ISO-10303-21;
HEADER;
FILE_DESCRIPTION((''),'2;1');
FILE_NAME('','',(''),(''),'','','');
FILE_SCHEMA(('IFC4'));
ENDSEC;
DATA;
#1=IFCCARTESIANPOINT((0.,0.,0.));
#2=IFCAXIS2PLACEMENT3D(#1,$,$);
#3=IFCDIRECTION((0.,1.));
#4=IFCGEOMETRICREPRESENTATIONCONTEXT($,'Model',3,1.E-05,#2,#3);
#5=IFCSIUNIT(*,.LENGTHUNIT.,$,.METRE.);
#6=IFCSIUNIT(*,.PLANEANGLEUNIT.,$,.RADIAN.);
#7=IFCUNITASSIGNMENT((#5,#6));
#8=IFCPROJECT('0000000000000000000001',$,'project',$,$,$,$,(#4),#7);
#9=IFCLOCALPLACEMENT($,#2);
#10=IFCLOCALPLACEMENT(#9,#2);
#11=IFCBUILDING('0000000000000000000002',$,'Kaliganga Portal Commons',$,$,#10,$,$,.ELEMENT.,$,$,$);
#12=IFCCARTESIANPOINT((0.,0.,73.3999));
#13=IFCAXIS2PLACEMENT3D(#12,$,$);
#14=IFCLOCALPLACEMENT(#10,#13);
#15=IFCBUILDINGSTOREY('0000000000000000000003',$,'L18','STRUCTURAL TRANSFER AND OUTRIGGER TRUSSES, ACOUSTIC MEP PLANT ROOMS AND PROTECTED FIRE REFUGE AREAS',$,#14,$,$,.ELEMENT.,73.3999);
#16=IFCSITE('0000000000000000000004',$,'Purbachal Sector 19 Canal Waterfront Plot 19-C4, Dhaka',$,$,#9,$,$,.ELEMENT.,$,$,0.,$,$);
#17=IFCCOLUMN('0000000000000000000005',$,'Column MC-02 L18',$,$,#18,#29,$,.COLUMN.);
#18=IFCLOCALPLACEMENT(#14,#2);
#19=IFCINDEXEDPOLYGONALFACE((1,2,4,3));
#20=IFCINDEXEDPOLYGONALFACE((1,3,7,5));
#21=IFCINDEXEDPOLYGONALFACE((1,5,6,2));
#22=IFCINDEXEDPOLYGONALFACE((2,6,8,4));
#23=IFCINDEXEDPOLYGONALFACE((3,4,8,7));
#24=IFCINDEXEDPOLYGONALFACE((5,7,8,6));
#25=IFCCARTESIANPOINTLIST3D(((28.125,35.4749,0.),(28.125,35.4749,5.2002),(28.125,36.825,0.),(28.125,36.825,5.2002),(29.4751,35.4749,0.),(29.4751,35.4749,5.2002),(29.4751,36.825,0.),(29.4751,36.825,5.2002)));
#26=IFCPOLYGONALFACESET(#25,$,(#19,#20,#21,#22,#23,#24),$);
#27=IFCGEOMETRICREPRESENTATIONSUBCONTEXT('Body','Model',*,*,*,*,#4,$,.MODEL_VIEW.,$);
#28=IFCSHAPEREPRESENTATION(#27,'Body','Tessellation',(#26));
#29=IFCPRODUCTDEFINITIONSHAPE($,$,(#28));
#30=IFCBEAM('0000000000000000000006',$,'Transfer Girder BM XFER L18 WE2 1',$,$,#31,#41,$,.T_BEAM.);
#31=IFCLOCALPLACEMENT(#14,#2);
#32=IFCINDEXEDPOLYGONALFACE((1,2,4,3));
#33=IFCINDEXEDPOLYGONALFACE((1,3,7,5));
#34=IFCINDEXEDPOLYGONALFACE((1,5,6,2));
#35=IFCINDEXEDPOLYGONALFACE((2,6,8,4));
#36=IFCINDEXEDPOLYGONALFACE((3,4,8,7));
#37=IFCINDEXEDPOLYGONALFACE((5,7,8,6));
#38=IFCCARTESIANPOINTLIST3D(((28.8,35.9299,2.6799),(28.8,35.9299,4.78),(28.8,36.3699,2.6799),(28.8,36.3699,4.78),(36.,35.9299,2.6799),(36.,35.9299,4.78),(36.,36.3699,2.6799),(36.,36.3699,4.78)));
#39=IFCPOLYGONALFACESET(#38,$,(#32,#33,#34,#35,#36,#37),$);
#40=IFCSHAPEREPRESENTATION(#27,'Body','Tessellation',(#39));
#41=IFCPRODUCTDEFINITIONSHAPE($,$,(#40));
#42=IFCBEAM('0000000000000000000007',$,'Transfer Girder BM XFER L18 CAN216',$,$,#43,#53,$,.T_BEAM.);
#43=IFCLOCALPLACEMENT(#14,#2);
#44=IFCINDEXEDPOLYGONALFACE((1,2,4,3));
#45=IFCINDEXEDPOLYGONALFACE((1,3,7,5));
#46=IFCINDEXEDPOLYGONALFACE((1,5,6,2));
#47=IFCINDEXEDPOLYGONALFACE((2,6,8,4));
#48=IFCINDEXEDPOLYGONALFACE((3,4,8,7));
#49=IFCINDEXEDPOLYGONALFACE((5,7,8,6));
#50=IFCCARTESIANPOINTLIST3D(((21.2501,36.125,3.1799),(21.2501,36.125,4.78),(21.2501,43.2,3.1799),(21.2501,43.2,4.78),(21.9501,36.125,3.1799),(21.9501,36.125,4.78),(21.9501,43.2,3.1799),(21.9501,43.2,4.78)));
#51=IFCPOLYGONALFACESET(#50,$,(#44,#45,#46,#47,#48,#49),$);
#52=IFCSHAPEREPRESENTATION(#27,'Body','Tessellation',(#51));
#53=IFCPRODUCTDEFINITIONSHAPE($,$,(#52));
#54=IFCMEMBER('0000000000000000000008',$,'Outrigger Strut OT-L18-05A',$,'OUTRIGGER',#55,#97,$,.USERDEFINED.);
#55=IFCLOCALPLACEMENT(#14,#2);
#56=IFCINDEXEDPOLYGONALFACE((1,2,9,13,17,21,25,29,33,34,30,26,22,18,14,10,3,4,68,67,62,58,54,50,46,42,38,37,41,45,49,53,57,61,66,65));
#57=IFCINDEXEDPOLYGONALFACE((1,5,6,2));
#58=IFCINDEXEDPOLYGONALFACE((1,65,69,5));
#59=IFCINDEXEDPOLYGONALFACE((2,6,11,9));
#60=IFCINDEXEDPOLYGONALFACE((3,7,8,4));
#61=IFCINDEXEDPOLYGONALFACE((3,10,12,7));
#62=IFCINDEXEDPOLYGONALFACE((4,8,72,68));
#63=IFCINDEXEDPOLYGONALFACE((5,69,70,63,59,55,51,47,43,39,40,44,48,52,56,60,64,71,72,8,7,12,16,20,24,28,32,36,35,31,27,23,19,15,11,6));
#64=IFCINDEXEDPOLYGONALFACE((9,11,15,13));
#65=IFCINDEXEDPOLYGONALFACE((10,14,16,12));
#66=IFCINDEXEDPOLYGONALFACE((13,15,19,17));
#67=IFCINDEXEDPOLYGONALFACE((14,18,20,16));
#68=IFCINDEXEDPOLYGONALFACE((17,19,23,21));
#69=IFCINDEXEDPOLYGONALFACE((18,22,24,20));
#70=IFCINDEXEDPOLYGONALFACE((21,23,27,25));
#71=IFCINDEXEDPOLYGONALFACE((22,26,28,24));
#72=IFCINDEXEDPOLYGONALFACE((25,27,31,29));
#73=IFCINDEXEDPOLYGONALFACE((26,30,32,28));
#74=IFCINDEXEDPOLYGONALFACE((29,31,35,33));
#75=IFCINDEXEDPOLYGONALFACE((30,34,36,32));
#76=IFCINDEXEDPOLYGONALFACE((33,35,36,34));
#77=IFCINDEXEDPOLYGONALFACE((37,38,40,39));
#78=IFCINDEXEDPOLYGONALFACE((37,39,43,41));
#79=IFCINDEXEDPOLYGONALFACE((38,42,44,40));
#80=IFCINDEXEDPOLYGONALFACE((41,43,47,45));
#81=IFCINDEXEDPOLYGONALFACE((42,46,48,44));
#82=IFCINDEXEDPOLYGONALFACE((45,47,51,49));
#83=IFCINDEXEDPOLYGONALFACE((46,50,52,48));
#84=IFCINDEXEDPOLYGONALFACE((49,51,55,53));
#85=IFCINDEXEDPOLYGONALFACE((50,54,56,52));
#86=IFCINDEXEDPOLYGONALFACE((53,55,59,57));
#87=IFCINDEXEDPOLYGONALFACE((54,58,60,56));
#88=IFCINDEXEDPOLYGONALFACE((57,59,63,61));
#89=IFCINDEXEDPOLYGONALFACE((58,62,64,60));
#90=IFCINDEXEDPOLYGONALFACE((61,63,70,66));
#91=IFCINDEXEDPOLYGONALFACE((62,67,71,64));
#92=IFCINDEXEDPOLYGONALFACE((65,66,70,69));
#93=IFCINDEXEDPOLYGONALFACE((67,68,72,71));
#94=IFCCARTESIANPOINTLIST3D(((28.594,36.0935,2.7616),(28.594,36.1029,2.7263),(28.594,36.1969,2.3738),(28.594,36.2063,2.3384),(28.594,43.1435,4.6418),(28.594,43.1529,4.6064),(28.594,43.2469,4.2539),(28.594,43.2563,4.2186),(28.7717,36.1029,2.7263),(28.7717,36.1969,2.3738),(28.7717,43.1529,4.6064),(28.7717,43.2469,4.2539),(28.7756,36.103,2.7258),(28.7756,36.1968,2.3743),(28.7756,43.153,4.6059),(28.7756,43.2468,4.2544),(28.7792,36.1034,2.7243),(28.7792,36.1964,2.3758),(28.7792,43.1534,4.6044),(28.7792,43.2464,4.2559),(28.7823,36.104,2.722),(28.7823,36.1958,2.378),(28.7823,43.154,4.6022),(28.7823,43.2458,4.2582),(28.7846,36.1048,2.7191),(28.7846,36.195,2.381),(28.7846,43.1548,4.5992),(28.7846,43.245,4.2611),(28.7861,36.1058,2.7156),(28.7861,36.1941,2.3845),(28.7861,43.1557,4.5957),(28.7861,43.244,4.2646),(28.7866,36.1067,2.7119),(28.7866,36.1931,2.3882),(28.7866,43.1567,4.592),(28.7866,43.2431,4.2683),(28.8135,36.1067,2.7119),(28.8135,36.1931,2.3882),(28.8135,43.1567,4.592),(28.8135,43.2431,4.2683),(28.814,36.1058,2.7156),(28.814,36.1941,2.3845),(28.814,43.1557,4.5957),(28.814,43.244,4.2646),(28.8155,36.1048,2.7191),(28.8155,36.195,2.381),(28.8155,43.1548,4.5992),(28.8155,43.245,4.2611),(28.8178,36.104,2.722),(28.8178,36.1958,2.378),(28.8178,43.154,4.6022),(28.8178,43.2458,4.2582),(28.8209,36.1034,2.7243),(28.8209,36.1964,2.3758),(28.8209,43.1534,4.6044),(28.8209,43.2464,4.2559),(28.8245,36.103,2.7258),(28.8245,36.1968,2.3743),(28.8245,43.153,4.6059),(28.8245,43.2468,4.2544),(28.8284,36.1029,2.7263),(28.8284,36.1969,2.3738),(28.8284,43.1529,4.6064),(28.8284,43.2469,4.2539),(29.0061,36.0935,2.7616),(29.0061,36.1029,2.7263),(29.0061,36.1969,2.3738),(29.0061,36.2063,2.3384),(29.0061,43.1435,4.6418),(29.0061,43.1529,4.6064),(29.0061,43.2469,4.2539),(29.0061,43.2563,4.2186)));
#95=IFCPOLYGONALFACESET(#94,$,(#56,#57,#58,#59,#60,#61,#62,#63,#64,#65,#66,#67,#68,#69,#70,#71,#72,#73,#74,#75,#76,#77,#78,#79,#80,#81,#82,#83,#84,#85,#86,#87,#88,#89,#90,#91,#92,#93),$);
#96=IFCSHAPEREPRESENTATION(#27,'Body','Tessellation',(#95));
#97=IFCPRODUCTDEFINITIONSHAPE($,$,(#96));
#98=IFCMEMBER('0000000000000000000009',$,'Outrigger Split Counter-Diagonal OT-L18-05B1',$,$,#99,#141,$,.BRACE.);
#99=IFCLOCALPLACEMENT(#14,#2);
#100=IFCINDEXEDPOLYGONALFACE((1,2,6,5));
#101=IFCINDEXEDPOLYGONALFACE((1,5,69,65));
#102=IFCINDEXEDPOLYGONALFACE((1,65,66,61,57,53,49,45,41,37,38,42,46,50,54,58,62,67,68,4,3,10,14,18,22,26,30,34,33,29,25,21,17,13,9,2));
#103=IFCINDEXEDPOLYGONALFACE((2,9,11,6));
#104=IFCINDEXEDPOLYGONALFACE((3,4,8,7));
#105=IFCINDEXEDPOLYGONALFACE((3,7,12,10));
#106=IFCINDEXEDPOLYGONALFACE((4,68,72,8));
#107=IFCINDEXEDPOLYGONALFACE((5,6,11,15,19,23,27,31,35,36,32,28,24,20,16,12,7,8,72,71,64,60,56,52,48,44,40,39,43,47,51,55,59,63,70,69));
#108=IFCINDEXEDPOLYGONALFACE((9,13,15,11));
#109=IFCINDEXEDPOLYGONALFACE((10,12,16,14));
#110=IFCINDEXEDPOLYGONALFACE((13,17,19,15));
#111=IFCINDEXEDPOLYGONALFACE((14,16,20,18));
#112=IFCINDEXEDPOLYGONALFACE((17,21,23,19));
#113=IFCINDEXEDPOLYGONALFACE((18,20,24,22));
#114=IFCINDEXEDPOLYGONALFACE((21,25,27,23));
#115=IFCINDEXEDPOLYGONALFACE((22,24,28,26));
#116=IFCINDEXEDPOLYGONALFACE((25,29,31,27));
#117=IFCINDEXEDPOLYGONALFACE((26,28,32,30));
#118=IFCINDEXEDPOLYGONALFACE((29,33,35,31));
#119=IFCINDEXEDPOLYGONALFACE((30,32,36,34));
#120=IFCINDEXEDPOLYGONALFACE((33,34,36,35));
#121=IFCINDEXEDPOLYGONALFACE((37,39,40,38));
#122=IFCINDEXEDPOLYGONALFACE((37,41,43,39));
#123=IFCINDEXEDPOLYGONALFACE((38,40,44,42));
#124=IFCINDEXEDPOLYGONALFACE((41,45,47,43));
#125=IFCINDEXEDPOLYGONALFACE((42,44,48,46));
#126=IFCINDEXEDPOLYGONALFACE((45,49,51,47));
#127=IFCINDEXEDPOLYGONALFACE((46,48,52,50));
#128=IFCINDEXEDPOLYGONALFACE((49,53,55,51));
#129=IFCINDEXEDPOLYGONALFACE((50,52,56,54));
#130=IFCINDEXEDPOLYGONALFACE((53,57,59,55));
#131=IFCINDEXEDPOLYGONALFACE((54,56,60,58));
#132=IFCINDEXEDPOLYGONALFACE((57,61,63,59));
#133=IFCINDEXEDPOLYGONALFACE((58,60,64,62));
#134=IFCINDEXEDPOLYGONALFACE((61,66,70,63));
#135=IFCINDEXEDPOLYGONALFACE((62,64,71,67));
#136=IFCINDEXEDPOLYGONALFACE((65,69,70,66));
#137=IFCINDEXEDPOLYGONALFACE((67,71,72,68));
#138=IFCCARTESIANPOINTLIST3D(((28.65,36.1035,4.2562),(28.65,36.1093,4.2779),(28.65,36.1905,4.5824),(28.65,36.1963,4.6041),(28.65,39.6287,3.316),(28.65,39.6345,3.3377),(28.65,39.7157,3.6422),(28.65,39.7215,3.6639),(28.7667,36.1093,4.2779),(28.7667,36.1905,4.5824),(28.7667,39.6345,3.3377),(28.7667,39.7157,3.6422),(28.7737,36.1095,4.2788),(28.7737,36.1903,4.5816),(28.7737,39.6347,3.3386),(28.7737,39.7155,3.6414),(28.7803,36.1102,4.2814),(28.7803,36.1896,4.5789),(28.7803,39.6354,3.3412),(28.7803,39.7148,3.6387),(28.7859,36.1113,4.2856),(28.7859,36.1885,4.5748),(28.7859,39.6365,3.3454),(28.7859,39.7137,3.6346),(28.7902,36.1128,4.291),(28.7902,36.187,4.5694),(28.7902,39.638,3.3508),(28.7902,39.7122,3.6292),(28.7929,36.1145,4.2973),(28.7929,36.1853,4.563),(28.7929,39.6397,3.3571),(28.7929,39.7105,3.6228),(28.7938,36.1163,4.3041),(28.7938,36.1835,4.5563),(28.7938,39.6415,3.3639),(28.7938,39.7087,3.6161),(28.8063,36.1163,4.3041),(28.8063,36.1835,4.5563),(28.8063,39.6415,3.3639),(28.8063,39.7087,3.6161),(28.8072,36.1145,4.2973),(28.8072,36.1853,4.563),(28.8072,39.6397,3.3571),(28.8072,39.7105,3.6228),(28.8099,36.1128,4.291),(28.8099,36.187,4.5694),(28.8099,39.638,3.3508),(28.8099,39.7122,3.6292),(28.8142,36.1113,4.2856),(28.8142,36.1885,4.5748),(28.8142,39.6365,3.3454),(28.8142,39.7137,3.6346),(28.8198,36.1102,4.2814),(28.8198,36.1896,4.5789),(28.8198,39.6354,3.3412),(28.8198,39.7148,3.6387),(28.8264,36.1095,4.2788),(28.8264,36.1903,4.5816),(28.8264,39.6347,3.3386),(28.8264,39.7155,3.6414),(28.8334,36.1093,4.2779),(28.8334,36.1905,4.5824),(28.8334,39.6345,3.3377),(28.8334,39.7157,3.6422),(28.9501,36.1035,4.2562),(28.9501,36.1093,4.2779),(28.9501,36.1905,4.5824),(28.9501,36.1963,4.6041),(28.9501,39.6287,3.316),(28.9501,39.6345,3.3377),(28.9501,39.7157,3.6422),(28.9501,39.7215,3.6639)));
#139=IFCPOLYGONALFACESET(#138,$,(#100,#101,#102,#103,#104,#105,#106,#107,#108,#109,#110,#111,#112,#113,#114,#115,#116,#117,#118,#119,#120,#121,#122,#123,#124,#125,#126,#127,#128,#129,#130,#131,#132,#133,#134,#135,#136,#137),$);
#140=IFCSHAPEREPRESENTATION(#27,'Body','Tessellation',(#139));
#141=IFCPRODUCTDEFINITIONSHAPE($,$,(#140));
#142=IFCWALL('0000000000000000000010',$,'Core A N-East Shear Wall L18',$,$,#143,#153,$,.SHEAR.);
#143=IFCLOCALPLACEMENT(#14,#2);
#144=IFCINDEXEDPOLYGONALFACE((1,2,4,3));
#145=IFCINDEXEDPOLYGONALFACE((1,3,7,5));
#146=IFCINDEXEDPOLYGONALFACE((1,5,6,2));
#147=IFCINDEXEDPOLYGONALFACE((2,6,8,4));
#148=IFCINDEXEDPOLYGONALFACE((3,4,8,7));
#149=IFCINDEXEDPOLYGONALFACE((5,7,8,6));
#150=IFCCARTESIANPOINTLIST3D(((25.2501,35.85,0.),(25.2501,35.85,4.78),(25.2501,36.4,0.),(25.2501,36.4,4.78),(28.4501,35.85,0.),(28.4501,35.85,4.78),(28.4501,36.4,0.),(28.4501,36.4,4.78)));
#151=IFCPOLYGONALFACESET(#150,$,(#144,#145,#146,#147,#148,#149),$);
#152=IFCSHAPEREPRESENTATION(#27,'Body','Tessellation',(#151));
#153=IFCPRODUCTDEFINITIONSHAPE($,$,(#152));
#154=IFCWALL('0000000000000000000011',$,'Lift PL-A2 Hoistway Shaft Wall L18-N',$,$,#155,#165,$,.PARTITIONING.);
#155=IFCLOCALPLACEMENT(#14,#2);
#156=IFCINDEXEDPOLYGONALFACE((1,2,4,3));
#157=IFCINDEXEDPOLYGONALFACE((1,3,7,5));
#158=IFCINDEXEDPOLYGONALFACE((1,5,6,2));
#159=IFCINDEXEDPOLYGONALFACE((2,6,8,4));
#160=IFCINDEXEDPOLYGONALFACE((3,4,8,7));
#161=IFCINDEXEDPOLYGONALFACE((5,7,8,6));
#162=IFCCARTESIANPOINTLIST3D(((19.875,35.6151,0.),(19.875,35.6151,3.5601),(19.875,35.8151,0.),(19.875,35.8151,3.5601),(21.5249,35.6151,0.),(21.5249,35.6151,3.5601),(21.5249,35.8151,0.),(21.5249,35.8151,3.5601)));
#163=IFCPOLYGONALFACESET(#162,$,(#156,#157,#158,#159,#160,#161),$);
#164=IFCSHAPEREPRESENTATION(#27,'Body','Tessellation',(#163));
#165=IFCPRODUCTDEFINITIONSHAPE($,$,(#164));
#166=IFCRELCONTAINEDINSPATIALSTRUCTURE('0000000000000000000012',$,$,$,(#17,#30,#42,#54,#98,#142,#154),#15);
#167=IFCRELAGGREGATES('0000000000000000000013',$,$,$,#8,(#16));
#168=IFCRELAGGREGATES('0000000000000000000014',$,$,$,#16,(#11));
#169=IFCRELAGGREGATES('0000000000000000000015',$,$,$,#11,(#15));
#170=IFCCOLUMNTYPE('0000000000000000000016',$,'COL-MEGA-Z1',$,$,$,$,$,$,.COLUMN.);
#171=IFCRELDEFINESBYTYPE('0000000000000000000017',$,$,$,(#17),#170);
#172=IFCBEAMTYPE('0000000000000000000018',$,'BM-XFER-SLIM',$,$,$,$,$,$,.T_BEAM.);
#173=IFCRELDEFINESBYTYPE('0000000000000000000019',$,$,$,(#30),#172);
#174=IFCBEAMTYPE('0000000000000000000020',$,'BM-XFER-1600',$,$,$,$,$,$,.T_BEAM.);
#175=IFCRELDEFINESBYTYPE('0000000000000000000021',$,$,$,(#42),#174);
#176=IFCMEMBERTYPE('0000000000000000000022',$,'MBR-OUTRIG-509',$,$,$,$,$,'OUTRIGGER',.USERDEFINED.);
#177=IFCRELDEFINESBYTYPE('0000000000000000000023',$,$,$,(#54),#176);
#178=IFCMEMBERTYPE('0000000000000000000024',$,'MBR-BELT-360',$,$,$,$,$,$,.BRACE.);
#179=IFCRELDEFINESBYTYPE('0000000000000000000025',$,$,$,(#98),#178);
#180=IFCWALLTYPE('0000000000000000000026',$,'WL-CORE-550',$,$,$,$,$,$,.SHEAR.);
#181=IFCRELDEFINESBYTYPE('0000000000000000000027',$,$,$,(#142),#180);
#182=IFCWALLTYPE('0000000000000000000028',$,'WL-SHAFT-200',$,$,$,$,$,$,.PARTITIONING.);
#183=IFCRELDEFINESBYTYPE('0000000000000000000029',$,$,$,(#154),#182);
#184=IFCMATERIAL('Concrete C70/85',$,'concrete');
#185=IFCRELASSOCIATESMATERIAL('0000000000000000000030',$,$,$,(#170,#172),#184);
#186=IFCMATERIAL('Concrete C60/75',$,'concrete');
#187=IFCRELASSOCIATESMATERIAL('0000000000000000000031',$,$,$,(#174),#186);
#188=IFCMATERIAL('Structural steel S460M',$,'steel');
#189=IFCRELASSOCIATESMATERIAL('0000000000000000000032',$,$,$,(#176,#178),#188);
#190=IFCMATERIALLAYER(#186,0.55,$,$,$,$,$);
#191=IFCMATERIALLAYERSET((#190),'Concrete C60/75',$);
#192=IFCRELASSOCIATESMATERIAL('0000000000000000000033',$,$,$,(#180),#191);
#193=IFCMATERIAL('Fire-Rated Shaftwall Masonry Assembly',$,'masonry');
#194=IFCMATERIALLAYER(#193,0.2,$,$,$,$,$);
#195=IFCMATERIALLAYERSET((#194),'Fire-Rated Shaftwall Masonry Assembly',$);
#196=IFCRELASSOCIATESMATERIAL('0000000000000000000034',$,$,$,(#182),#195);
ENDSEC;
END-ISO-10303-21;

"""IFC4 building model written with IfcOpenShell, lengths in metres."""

from ifc_helpers import new_model, si_unit, direction, frame, frame_2d, origin, origin_2d, place, context, subcontext, project, spatial, rectangle, i_section, extrude, source, transform, mapped, material, layer, layer_set, material_profile, profile_set, type_object, element, save


model = new_model("IFC4")

# Units and contexts
model_context = context("Model", 3, precision=1e-05, world=origin(), true_north=direction((0.0, 1.0)))
body_context = subcontext(model_context, "Body", "Model", "MODEL_VIEW")
ifc_project = project(units=[si_unit("LENGTHUNIT", "METRE"), si_unit("PLANEANGLEUNIT", "RADIAN")], contexts=[model_context])

# Site, building, storey
site_placement = place(None, origin())
site = spatial("IfcSite", under=ifc_project, at=site_placement, Name="Purbachal Sector 19 Canal Waterfront Plot 19-C4, Dhaka", CompositionType="ELEMENT", RefElevation=0.0)
building_placement = place(site_placement, origin())
building = spatial("IfcBuilding", under=site, at=building_placement, Name="Kaliganga Portal Commons", CompositionType="ELEMENT")
storey_placement = place(building_placement, frame((0.0, 0.0, 73.3999)))
storey = spatial("IfcBuildingStorey", under=building, at=storey_placement, Name="L18", Description="STRUCTURAL TRANSFER AND OUTRIGGER TRUSSES, ACOUSTIC MEP PLANT ROOMS AND PROTECTED FIRE REFUGE AREAS", CompositionType="ELEMENT", Elevation=73.3999)

# Column
ifc_material_1 = material(Name="Concrete C70/85", Category="concrete")
ifc_material_profile_1 = material_profile(ifc_material_1, rectangle(XDim=1.3501, YDim=1.3501, at=origin_2d()), Name="RC 1350x1350")
ifc_profile_set_1 = profile_set([ifc_material_profile_1], Name="Concrete C70/85")
column_type = type_object("IfcColumnType", Name="COL-MEGA-Z1", PredefinedType="COLUMN", material=ifc_profile_set_1)
shared_shape_1 = source(origin(), body_context, "Body", "SweptSolid", [
    extrude(rectangle(XDim=1.3501, YDim=1.3501, at=origin_2d()), origin(), (0.0, 0.0, 1.0), 5.2002),
])
column_placement = place(storey_placement, frame((28.8, 36.1499, 0.0), z_axis=(0.0, 0.0, 1.0), x_axis=(1.0, 0.0, 0.0)))
element("IfcColumn", 1, at=column_placement, inside=storey, type_object=column_type, Name="Column MC-02 L18", PredefinedType="COLUMN", context=body_context, shape_type="MappedRepresentation", body=[
    mapped(shared_shape_1, transform((0.0, 0.0, 0.0), x_axis=(1.0, 0.0, 0.0), y_axis=(0.0, 1.0, 0.0), z_axis=(0.0, 0.0, 1.0), scale=1.0)),
])

# Beams
ifc_material_profile_2 = material_profile(ifc_material_1, rectangle(XDim=0.4399, YDim=2.1001, at=origin_2d()), Name="RC 440x2100")
ifc_profile_set_2 = profile_set([ifc_material_profile_2], Name="Concrete C70/85")
beam_type_1 = type_object("IfcBeamType", Name="BM-XFER-SLIM", PredefinedType="T_BEAM", material=ifc_profile_set_2)
shared_shape_2 = source(origin(), body_context, "Body", "SweptSolid", [
    extrude(rectangle(XDim=0.4399, YDim=2.1001, at=origin_2d()), origin(), (0.0, 0.0, 1.0), 7.2),
])
beam_1_placement = place(storey_placement, frame((28.8, 36.1499, 3.73), z_axis=(1.0, 0.0, 0.0), x_axis=(0.0, 1.0, 0.0)))
element("IfcBeam", 2, at=beam_1_placement, inside=storey, type_object=beam_type_1, Name="Transfer Girder BM XFER L18 WE2 1", PredefinedType="T_BEAM", context=body_context, shape_type="MappedRepresentation", body=[
    mapped(shared_shape_2, transform((0.0, 0.0, 0.0), x_axis=(1.0, 0.0, 0.0), y_axis=(0.0, 1.0, 0.0), z_axis=(0.0, 0.0, 1.0), scale=1.0)),
])
ifc_material_2 = material(Name="Concrete C60/75", Category="concrete")
ifc_material_profile_3 = material_profile(ifc_material_2, rectangle(XDim=0.7, YDim=1.6001, at=origin_2d()), Name="RC 700x1600")
ifc_profile_set_3 = profile_set([ifc_material_profile_3], Name="Concrete C60/75")
beam_type_2 = type_object("IfcBeamType", Name="BM-XFER-1600", PredefinedType="T_BEAM", material=ifc_profile_set_3)
shared_shape_3 = source(origin(), body_context, "Body", "SweptSolid", [
    extrude(rectangle(XDim=0.7, YDim=1.6001, at=origin_2d()), origin(), (0.0, 0.0, 1.0), 7.075),
])
beam_2_placement = place(storey_placement, frame((21.6001, 36.125, 3.98), z_axis=(0.0, 1.0, 0.0), x_axis=(-1.0, 0.0, 0.0)))
element("IfcBeam", 3, at=beam_2_placement, inside=storey, type_object=beam_type_2, Name="Transfer Girder BM XFER L18 CAN216", PredefinedType="T_BEAM", context=body_context, shape_type="MappedRepresentation", body=[
    mapped(shared_shape_3, transform((0.0, 0.0, 0.0), x_axis=(1.0, 0.0, 0.0), y_axis=(0.0, 1.0, 0.0), z_axis=(0.0, 0.0, 1.0), scale=1.0)),
])

# Members
ifc_material_3 = material(Name="Structural steel S460M", Category="steel")
ifc_material_profile_4 = material_profile(ifc_material_3, i_section(OverallWidth=0.4121, OverallDepth=0.438, WebThickness=0.0269, FlangeThickness=0.0366, FilletRadius=0.0149, at=origin_2d()), Name="HD 400x463")
ifc_profile_set_4 = profile_set([ifc_material_profile_4], Name="Structural steel S460M wide-flange")
member_type_1 = type_object("IfcMemberType", Name="MBR-OUTRIG-509", ElementType="OUTRIGGER", PredefinedType="USERDEFINED", material=ifc_profile_set_4)
shared_shape_4 = source(origin(), body_context, "Body", "SweptSolid", [
    extrude(i_section(OverallWidth=0.4121, OverallDepth=0.438, WebThickness=0.0269, FlangeThickness=0.0366, FilletRadius=0.0149, at=origin_2d()), origin(), (0.0, 0.0, 1.0), 7.2964),
])
member_1_placement = place(storey_placement, frame((28.8, 36.1499, 2.55), z_axis=(0.0, 0.966231, 0.257677), x_axis=(-1.0, 0.0, 0.0)))
element("IfcMember", 4, at=member_1_placement, inside=storey, type_object=member_type_1, Name="Outrigger Strut OT-L18-05A", ObjectType="OUTRIGGER", PredefinedType="USERDEFINED", context=body_context, shape_type="MappedRepresentation", body=[
    mapped(shared_shape_4, transform((0.0, 0.0, 0.0), x_axis=(1.0, 0.0, 0.0), y_axis=(0.0, 1.0, 0.0), z_axis=(0.0, 0.0, 1.0), scale=1.0)),
])
ifc_material_profile_5 = material_profile(ifc_material_3, i_section(OverallWidth=0.3, OverallDepth=0.3601, WebThickness=0.0125, FlangeThickness=0.0225, FilletRadius=0.0271, at=origin_2d()), Name="HE 360 B")
ifc_profile_set_5 = profile_set([ifc_material_profile_5], Name="Structural steel S460M wide-flange")
member_type_2 = type_object("IfcMemberType", Name="MBR-BELT-360", PredefinedType="BRACE", material=ifc_profile_set_5)
shared_shape_5 = source(origin(), body_context, "Body", "SweptSolid", [
    extrude(i_section(OverallWidth=0.3, OverallDepth=0.3601, WebThickness=0.0125, FlangeThickness=0.0225, FilletRadius=0.0271, at=origin_2d()), origin(), (0.0, 0.0, 1.0), 3.6484),
])
member_2_placement = place(storey_placement, frame((28.8, 36.1499, 4.4302), z_axis=(0.0, 0.966225, -0.2577), x_axis=(-1.0, 0.0, 0.0)))
element("IfcMember", 5, at=member_2_placement, inside=storey, type_object=member_type_2, Name="Outrigger Split Counter-Diagonal OT-L18-05B1", PredefinedType="BRACE", context=body_context, shape_type="MappedRepresentation", body=[
    mapped(shared_shape_5, transform((0.0, 0.0, 0.0), x_axis=(1.0, 0.0, 0.0), y_axis=(0.0, 1.0, 0.0), z_axis=(0.0, 0.0, 1.0), scale=1.0)),
])

# Walls
ifc_layer_1 = layer(ifc_material_2, 0.55)
ifc_layer_set_1 = layer_set([ifc_layer_1], Name="Concrete C60/75")
wall_type_1 = type_object("IfcWallType", Name="WL-CORE-550", PredefinedType="SHEAR", material=ifc_layer_set_1)
wall_1_placement = place(storey_placement, frame((25.25, 36.125, 0.0), z_axis=(0.0, 0.0, 1.0), x_axis=(1.0, 0.0, 0.0)))
element("IfcWall", 6, at=wall_1_placement, inside=storey, type_object=wall_type_1, Name="Core A N-East Shear Wall L18", PredefinedType="SHEAR", context=body_context, shape_type="SweptSolid", body=[
    extrude(rectangle(XDim=3.2, YDim=0.55, at=frame_2d((1.6001, 0.0))), origin(), (0.0, 0.0, 1.0), 4.78),
])
ifc_material_4 = material(Name="Fire-Rated Shaftwall Masonry Assembly", Category="masonry")
ifc_layer_2 = layer(ifc_material_4, 0.2)
ifc_layer_set_2 = layer_set([ifc_layer_2], Name="Fire-Rated Shaftwall Masonry Assembly")
wall_type_2 = type_object("IfcWallType", Name="WL-SHAFT-200", PredefinedType="PARTITIONING", material=ifc_layer_set_2)
wall_2_placement = place(storey_placement, frame((19.875, 35.7151, 0.0), z_axis=(0.0, 0.0, 1.0), x_axis=(1.0, 0.0, 0.0)))
element("IfcWall", 7, at=wall_2_placement, inside=storey, type_object=wall_type_2, Name="Lift PL-A2 Hoistway Shaft Wall L18-N", PredefinedType="PARTITIONING", context=body_context, shape_type="SweptSolid", body=[
    extrude(rectangle(XDim=1.6499, YDim=0.2, at=frame_2d((0.825, 0.0))), origin(), (0.0, 0.0, 1.0), 3.5601),
])

save(model, "model.ifc")
